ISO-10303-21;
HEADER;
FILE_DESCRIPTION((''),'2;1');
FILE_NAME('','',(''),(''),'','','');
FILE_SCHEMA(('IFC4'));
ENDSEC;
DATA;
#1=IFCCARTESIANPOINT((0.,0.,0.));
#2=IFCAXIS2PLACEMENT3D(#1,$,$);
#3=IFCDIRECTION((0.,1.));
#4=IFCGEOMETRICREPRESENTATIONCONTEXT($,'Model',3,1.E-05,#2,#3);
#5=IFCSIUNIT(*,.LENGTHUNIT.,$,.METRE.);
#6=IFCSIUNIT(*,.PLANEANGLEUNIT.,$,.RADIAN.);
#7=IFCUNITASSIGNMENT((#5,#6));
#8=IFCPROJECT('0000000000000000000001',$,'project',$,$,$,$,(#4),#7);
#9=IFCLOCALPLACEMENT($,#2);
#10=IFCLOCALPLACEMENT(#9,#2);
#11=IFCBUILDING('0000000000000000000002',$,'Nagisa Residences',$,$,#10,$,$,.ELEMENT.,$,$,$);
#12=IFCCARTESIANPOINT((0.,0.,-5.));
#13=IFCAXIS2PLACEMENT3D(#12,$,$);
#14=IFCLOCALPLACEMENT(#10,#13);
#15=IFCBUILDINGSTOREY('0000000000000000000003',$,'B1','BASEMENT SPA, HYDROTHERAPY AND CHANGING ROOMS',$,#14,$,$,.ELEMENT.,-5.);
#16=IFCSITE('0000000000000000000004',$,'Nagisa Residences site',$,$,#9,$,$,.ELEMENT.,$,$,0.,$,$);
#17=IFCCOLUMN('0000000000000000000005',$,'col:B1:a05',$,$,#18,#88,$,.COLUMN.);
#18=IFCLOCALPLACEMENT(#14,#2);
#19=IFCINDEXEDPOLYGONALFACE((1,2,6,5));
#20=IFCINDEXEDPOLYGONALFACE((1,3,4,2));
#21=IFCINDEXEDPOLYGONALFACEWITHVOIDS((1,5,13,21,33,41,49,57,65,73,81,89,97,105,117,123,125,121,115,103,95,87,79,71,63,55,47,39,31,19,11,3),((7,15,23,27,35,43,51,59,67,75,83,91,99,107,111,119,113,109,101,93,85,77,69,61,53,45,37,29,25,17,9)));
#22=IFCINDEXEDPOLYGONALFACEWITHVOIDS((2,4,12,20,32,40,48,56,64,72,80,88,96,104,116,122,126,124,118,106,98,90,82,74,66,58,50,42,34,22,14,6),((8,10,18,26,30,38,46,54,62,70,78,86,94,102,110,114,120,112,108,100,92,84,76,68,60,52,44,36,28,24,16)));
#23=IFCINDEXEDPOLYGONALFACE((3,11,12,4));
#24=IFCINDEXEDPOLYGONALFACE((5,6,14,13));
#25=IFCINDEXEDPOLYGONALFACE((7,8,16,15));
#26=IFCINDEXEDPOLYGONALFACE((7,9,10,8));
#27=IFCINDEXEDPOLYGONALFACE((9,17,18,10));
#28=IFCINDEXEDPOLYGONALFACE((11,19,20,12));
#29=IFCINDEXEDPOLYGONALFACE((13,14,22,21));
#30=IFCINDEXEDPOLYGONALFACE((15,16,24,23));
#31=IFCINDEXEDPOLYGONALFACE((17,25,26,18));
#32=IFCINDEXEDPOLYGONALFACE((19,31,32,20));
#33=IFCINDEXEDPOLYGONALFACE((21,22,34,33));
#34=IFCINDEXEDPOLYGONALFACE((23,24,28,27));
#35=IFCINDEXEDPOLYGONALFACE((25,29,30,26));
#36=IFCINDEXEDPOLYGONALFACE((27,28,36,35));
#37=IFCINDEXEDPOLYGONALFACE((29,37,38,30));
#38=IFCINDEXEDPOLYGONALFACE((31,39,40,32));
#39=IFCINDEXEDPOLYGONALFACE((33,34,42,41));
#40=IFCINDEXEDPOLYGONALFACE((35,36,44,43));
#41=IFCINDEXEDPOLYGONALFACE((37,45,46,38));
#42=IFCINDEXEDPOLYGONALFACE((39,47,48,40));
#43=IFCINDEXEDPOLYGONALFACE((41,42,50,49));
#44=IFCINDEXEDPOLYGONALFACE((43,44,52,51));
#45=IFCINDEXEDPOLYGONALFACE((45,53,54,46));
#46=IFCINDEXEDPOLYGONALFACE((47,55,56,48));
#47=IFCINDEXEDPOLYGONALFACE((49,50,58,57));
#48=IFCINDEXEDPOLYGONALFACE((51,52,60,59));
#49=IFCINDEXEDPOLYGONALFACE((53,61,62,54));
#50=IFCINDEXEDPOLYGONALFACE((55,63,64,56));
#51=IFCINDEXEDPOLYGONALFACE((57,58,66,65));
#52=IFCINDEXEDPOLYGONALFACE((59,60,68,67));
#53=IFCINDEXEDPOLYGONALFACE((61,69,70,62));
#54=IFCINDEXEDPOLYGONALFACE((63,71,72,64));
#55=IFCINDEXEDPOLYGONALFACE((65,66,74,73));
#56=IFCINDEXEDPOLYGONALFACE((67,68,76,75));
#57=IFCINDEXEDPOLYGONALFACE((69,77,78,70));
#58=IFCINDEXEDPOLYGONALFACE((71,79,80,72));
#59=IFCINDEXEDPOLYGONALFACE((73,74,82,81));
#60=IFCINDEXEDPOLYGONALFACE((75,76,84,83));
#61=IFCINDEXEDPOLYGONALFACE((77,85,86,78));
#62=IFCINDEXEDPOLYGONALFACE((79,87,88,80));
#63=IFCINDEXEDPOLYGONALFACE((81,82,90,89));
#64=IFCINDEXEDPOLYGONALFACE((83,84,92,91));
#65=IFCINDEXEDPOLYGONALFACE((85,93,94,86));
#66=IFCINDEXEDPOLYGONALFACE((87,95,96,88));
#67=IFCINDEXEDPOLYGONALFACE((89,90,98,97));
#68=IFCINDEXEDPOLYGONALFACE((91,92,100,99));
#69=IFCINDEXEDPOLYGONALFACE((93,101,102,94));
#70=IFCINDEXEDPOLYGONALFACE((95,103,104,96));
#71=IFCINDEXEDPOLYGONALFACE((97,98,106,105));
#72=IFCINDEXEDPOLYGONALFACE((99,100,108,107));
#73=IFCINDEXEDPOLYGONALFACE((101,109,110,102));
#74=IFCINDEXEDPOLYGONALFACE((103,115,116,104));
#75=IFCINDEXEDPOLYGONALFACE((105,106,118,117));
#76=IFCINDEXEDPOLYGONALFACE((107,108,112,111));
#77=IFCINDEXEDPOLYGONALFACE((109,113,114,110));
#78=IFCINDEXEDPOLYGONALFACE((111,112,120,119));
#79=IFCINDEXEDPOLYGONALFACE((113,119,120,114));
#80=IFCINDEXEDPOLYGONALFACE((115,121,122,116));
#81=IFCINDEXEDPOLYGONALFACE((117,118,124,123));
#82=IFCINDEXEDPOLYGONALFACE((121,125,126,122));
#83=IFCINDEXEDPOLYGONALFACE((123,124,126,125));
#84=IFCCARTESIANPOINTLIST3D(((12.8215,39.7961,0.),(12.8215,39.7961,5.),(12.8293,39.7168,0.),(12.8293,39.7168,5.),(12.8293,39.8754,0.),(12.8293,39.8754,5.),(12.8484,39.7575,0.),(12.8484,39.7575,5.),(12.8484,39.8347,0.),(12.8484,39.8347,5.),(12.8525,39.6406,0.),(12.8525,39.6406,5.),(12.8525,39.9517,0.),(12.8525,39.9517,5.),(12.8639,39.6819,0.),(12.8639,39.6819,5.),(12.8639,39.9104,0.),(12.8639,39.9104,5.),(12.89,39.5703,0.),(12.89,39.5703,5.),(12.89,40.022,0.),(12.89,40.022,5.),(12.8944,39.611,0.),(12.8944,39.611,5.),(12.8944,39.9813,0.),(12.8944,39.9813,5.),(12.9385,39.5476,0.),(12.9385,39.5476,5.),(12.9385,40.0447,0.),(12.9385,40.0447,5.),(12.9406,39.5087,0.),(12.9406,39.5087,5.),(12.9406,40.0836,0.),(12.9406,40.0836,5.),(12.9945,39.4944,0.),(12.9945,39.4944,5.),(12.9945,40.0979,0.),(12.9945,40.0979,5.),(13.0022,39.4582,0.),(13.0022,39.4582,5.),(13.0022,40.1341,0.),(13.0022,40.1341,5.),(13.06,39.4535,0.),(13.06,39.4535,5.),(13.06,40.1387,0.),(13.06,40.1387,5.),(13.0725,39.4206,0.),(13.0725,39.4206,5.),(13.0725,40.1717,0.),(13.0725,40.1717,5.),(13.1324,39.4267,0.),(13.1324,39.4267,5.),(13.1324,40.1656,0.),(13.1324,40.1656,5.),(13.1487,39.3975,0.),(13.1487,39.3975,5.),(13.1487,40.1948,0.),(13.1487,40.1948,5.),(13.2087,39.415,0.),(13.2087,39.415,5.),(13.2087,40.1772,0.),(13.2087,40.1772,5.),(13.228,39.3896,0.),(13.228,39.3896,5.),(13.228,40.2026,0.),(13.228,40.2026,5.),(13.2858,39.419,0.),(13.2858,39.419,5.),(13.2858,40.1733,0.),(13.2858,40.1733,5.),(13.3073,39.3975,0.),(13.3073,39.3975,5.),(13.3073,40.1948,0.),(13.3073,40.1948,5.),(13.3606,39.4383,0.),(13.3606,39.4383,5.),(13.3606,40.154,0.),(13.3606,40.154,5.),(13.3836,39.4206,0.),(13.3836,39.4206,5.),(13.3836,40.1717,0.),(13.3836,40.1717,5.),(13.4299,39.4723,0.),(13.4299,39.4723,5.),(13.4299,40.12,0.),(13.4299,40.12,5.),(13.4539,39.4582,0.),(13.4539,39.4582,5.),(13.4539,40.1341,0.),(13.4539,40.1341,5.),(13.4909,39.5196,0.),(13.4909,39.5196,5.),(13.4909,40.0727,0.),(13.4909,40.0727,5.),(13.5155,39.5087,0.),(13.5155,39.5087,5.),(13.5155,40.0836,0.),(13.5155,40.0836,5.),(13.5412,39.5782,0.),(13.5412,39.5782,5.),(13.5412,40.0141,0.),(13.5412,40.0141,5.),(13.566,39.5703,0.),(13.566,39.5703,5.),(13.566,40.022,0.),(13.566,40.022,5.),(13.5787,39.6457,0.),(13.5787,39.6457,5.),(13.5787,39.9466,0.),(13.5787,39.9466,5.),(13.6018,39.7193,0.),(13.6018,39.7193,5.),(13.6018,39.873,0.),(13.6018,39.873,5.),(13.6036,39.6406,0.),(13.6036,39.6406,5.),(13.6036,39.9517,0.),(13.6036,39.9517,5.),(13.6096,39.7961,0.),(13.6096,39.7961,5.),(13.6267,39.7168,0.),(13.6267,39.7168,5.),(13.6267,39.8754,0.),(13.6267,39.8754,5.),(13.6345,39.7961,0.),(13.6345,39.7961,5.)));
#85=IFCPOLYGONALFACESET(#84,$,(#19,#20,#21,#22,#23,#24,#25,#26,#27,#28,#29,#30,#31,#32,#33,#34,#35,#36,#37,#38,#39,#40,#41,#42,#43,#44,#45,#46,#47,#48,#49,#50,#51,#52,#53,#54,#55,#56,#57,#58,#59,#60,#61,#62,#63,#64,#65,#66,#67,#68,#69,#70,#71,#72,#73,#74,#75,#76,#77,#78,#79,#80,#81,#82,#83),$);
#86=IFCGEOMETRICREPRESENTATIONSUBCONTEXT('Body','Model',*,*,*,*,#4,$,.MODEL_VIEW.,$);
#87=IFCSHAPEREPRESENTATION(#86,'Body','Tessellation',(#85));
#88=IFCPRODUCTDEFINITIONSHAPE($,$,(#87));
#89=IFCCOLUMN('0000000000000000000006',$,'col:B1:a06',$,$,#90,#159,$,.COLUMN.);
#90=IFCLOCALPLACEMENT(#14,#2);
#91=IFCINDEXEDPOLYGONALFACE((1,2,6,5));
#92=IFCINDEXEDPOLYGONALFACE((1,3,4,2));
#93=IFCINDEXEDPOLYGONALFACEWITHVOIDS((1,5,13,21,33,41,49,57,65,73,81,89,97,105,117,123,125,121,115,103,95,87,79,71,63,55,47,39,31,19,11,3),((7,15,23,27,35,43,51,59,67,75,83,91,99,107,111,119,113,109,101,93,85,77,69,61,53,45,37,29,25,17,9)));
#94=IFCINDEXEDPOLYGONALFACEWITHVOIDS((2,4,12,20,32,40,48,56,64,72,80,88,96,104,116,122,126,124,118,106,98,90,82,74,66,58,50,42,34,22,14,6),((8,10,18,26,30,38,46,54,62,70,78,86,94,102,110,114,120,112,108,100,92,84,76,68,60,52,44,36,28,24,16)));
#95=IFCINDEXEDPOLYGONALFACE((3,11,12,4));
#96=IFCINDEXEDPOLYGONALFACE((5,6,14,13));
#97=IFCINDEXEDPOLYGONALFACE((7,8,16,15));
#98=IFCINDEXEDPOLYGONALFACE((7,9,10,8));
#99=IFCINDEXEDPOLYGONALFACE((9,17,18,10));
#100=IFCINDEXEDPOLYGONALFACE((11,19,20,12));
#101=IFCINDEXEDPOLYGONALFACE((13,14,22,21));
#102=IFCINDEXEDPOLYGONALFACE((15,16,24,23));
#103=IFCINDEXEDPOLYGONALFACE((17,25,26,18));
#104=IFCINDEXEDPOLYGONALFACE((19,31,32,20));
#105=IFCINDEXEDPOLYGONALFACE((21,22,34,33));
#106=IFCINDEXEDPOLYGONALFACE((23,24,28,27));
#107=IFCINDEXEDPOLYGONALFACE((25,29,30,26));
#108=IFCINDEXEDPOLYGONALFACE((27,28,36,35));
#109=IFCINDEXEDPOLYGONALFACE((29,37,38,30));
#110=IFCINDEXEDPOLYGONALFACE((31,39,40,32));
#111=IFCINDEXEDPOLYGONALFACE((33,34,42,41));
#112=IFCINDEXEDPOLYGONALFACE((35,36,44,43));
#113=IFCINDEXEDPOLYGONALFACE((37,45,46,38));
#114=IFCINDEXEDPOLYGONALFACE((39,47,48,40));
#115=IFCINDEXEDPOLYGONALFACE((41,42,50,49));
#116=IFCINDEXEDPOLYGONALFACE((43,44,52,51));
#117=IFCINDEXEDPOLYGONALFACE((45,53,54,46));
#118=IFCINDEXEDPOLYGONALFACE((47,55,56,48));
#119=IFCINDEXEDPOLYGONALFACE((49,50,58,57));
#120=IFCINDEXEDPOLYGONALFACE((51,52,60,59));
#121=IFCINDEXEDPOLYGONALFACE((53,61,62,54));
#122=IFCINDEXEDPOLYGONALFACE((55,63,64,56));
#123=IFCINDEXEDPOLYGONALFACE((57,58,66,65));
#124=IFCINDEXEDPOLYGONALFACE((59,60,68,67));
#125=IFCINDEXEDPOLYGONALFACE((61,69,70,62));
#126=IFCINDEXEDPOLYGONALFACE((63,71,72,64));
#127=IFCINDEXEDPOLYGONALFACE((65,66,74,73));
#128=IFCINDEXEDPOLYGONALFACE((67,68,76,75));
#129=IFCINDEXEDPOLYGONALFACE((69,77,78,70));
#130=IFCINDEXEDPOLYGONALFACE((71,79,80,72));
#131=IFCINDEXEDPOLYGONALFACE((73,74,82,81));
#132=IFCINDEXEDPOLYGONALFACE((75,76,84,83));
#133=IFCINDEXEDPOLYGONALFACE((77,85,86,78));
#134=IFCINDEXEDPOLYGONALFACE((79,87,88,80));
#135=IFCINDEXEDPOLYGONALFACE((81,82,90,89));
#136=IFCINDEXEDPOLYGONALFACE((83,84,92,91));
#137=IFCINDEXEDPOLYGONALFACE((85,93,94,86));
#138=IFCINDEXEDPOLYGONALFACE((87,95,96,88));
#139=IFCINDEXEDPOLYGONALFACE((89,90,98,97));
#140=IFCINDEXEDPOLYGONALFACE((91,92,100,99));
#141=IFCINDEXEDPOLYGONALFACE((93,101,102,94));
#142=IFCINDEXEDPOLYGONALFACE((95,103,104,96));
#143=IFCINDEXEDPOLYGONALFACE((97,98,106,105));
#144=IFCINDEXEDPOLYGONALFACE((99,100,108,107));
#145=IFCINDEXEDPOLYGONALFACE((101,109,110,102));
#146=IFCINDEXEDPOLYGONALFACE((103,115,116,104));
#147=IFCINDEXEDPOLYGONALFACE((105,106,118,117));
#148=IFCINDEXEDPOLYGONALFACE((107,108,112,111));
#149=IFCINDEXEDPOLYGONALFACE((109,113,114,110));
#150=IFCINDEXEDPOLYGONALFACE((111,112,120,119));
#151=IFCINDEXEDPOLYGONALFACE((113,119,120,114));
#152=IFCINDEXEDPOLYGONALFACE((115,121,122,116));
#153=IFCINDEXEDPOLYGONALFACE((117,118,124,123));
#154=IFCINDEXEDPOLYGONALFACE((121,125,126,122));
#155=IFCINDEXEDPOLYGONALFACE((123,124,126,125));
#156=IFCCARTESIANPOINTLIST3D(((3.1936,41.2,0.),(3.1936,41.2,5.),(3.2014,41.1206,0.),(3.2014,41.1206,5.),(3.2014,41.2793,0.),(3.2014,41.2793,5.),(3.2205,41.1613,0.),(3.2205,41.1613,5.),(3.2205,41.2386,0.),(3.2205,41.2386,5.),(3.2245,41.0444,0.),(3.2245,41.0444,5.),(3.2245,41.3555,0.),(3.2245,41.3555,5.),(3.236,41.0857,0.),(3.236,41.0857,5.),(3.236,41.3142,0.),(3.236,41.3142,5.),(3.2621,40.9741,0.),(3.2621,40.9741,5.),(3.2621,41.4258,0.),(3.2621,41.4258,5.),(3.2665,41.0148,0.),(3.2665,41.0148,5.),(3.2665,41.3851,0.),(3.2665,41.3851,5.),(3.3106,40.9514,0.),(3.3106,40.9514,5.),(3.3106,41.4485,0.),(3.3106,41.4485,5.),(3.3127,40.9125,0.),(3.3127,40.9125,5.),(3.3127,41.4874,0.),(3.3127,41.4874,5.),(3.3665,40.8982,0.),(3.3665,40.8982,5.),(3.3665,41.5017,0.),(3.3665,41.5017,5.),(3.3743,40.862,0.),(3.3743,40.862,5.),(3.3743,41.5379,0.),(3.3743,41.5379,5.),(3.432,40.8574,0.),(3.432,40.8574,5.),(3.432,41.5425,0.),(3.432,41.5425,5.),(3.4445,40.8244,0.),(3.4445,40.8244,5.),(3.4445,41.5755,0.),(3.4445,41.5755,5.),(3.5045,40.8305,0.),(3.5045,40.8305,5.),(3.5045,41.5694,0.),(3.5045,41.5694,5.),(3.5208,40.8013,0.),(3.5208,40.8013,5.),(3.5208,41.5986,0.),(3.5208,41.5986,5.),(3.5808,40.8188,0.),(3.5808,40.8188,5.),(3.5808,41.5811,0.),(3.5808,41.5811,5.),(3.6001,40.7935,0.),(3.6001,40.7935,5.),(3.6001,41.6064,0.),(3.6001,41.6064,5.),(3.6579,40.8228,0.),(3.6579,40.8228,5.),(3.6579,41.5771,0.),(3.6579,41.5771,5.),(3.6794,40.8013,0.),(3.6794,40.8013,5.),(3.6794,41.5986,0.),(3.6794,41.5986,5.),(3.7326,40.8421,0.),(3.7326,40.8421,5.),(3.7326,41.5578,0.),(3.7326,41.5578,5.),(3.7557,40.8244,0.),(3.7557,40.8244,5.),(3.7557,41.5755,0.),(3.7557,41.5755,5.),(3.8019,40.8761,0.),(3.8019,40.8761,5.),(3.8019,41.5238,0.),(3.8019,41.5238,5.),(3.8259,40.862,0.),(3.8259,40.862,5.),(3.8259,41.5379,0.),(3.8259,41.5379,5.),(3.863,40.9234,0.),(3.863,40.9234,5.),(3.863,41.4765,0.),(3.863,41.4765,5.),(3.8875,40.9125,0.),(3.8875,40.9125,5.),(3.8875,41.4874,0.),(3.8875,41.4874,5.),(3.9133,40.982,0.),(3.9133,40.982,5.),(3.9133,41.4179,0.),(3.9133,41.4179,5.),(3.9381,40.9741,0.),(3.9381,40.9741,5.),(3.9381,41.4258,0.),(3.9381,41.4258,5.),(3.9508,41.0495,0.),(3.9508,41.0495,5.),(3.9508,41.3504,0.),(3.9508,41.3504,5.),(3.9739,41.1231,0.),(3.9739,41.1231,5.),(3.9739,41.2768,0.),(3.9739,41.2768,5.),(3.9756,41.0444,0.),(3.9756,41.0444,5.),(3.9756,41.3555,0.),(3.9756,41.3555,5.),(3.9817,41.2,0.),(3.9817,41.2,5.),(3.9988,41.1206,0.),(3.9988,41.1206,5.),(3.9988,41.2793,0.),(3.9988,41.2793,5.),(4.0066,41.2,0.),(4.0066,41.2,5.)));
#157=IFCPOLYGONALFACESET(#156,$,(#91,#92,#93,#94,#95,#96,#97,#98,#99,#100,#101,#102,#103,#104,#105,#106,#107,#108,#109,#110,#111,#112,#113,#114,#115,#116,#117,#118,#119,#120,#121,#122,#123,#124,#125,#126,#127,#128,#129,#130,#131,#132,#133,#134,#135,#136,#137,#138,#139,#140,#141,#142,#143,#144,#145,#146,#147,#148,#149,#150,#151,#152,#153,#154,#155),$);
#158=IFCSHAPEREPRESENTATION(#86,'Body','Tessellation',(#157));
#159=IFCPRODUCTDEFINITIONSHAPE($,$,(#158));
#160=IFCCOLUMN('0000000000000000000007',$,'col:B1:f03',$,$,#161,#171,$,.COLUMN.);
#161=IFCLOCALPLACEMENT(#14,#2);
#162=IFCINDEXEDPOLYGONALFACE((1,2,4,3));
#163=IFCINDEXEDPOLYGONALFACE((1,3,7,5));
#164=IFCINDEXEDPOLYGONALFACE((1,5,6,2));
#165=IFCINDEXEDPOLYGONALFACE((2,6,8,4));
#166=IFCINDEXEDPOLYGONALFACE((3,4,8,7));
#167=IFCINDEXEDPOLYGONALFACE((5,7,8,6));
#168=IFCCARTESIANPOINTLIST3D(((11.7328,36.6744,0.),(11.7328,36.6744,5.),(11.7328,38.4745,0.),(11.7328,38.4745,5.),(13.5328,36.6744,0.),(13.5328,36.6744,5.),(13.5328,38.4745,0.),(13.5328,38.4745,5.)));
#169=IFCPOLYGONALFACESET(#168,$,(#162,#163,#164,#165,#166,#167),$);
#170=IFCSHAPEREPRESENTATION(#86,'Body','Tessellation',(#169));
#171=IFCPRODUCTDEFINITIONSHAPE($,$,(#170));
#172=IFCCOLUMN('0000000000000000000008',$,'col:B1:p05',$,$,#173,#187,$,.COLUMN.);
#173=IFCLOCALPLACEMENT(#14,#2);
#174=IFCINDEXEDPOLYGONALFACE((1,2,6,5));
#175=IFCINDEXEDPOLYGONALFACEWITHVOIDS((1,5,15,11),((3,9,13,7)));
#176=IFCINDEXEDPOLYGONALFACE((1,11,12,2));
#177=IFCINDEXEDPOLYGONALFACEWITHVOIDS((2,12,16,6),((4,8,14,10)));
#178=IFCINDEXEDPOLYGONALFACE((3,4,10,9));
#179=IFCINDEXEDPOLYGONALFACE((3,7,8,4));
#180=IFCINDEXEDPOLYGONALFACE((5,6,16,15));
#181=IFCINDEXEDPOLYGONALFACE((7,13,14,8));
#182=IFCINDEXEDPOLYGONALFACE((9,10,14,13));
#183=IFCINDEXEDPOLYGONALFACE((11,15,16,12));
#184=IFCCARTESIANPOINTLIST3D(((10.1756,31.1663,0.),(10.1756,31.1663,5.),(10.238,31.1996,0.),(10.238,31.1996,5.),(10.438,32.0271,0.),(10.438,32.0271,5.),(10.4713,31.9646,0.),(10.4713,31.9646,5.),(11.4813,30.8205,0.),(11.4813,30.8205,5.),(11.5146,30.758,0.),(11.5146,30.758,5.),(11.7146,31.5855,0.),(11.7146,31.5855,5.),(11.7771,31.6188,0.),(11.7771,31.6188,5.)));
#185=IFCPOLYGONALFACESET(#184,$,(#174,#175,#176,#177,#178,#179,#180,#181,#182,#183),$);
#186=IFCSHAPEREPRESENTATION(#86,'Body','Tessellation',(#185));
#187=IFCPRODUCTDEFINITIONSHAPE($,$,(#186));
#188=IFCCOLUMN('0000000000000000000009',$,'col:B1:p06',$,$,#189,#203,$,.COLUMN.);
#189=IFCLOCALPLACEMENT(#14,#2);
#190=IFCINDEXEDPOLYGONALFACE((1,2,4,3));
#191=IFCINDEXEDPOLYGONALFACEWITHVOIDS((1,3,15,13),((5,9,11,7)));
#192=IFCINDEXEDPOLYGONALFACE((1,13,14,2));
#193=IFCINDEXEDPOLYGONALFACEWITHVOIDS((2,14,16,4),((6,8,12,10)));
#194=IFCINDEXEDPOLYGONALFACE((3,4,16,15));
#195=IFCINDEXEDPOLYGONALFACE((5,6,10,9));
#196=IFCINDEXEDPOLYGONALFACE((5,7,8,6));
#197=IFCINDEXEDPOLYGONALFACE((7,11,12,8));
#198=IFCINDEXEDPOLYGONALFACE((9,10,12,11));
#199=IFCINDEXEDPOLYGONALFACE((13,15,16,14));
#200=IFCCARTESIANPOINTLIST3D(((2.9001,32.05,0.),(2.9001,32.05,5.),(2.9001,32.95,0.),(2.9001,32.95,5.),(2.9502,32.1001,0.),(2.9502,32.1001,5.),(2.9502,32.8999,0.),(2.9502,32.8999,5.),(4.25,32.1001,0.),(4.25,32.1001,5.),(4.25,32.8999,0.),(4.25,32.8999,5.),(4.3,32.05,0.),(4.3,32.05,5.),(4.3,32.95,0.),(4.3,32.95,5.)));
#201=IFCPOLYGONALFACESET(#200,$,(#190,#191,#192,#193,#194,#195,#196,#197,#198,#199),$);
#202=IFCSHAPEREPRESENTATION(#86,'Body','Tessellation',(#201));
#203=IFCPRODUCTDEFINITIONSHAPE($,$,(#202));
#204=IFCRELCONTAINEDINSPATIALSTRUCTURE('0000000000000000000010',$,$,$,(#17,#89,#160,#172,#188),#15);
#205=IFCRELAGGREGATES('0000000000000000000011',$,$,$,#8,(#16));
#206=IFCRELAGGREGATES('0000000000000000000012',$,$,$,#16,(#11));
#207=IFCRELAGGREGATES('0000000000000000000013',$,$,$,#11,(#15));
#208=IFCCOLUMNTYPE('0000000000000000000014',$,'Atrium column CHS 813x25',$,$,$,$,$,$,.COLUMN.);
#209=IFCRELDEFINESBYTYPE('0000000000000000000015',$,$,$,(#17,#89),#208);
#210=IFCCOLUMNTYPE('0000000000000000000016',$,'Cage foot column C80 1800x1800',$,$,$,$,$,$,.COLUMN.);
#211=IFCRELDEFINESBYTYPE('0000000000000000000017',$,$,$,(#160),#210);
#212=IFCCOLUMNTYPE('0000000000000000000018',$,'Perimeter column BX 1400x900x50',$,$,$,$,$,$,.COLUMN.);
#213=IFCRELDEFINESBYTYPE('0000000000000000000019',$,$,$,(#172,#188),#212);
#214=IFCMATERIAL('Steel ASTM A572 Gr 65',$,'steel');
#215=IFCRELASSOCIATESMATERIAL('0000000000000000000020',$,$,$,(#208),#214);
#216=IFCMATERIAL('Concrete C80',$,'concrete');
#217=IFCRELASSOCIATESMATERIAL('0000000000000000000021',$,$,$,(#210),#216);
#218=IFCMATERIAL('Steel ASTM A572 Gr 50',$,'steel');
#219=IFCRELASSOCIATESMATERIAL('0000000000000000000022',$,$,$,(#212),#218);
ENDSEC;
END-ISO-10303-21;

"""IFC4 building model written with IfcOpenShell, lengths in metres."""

from ifc_helpers import new_model, si_unit, direction, frame, origin, origin_2d, place, context, subcontext, project, spatial, rectangle, hollow_rectangle, hollow_circle, extrude, material, material_profile, profile_set, type_object, element, save


model = new_model("IFC4")

# Units and contexts
model_context = context("Model", 3, precision=1e-05, world=origin(), true_north=direction((0.0, 1.0)))
body_context = subcontext(model_context, "Body", "Model", "MODEL_VIEW")
ifc_project = project(units=[si_unit("LENGTHUNIT", "METRE"), si_unit("PLANEANGLEUNIT", "RADIAN")], contexts=[model_context])

# Site, building, storey
site_placement = place(None, origin())
site = spatial("IfcSite", under=ifc_project, at=site_placement, Name="Nagisa Residences site", CompositionType="ELEMENT", RefElevation=0.0)
building_placement = place(site_placement, origin())
building = spatial("IfcBuilding", under=site, at=building_placement, Name="Nagisa Residences", CompositionType="ELEMENT")
storey_placement = place(building_placement, frame((0.0, 0.0, -5.0)))
storey = spatial("IfcBuildingStorey", under=building, at=storey_placement, Name="B1", Description="BASEMENT SPA, HYDROTHERAPY AND CHANGING ROOMS", CompositionType="ELEMENT", Elevation=-5.0)

# Columns
ifc_material_1 = material(Name="Steel ASTM A572 Gr 65", Category="steel")
ifc_material_profile_1 = material_profile(ifc_material_1, hollow_circle(Radius=0.4065, WallThickness=0.0249, at=origin_2d()), Name="CHS 813x25")
ifc_profile_set_1 = profile_set([ifc_material_profile_1], Name="Steel ASTM A572 Gr 65")
column_type_1 = type_object("IfcColumnType", Name="Atrium column CHS 813x25", PredefinedType="COLUMN", material=ifc_profile_set_1)
for number, where, z_axis, x_axis, name in (
    (1, (13.228, 39.7961, 0.0), (0.0, 0.0, 1.0), (1.0, 0.0, 0.0), "col:B1:a05"),
    (2, (3.6001, 41.2, 0.0), (0.0, 0.0, 1.0), (1.0, 0.0, 0.0), "col:B1:a06"),
):
    element("IfcColumn", number, at=place(storey_placement, frame(where, z_axis=z_axis, x_axis=x_axis)), inside=storey, type_object=column_type_1, Name=name, PredefinedType="COLUMN", context=body_context, shape_type="SweptSolid", body=[
        extrude(hollow_circle(Radius=0.4065, WallThickness=0.0249, at=origin_2d()), origin(), (0.0, 0.0, 1.0), 5.0),
    ])
ifc_material_2 = material(Name="Concrete C80", Category="concrete")
ifc_material_profile_2 = material_profile(ifc_material_2, rectangle(XDim=1.8, YDim=1.8, at=origin_2d()), Name="C80 1800x1800")
ifc_profile_set_2 = profile_set([ifc_material_profile_2], Name="Concrete C80")
column_type_2 = type_object("IfcColumnType", Name="Cage foot column C80 1800x1800", PredefinedType="COLUMN", material=ifc_profile_set_2)
column_placement = place(storey_placement, frame((12.6328, 37.5745, 0.0), z_axis=(0.0, 0.0, 1.0), x_axis=(1.0, 0.0, 0.0)))
element("IfcColumn", 3, at=column_placement, inside=storey, type_object=column_type_2, Name="col:B1:f03", PredefinedType="COLUMN", context=body_context, shape_type="SweptSolid", body=[
    extrude(rectangle(XDim=1.8, YDim=1.8, at=origin_2d()), origin(), (0.0, 0.0, 1.0), 5.0),
])
ifc_material_3 = material(Name="Steel ASTM A572 Gr 50", Category="steel")
ifc_material_profile_3 = material_profile(ifc_material_3, hollow_rectangle(XDim=1.3999, YDim=0.8999, WallThickness=0.05, at=origin_2d()), Name="BX 1400x900x50")
ifc_profile_set_3 = profile_set([ifc_material_profile_3], Name="Steel ASTM A572 Gr 50")
column_type_3 = type_object("IfcColumnType", Name="Perimeter column BX 1400x900x50", PredefinedType="COLUMN", material=ifc_profile_set_3)
for number, where, z_axis, x_axis, name in (
    (4, (10.9763, 31.3926, 0.0), (0.0, 0.0, 1.0), (-0.956525, 0.291652, 0.0), "col:B1:p05"),
    (5, (3.6001, 32.5, 0.0), (0.0, 0.0, 1.0), (-1.0, 0.0, 0.0), "col:B1:p06"),
):
    element("IfcColumn", number, at=place(storey_placement, frame(where, z_axis=z_axis, x_axis=x_axis)), inside=storey, type_object=column_type_3, Name=name, PredefinedType="COLUMN", context=body_context, shape_type="SweptSolid", body=[
        extrude(hollow_rectangle(XDim=1.3999, YDim=0.8999, WallThickness=0.05, at=origin_2d()), origin(), (0.0, 0.0, 1.0), 5.0),
    ])

save(model, "model.ifc")
